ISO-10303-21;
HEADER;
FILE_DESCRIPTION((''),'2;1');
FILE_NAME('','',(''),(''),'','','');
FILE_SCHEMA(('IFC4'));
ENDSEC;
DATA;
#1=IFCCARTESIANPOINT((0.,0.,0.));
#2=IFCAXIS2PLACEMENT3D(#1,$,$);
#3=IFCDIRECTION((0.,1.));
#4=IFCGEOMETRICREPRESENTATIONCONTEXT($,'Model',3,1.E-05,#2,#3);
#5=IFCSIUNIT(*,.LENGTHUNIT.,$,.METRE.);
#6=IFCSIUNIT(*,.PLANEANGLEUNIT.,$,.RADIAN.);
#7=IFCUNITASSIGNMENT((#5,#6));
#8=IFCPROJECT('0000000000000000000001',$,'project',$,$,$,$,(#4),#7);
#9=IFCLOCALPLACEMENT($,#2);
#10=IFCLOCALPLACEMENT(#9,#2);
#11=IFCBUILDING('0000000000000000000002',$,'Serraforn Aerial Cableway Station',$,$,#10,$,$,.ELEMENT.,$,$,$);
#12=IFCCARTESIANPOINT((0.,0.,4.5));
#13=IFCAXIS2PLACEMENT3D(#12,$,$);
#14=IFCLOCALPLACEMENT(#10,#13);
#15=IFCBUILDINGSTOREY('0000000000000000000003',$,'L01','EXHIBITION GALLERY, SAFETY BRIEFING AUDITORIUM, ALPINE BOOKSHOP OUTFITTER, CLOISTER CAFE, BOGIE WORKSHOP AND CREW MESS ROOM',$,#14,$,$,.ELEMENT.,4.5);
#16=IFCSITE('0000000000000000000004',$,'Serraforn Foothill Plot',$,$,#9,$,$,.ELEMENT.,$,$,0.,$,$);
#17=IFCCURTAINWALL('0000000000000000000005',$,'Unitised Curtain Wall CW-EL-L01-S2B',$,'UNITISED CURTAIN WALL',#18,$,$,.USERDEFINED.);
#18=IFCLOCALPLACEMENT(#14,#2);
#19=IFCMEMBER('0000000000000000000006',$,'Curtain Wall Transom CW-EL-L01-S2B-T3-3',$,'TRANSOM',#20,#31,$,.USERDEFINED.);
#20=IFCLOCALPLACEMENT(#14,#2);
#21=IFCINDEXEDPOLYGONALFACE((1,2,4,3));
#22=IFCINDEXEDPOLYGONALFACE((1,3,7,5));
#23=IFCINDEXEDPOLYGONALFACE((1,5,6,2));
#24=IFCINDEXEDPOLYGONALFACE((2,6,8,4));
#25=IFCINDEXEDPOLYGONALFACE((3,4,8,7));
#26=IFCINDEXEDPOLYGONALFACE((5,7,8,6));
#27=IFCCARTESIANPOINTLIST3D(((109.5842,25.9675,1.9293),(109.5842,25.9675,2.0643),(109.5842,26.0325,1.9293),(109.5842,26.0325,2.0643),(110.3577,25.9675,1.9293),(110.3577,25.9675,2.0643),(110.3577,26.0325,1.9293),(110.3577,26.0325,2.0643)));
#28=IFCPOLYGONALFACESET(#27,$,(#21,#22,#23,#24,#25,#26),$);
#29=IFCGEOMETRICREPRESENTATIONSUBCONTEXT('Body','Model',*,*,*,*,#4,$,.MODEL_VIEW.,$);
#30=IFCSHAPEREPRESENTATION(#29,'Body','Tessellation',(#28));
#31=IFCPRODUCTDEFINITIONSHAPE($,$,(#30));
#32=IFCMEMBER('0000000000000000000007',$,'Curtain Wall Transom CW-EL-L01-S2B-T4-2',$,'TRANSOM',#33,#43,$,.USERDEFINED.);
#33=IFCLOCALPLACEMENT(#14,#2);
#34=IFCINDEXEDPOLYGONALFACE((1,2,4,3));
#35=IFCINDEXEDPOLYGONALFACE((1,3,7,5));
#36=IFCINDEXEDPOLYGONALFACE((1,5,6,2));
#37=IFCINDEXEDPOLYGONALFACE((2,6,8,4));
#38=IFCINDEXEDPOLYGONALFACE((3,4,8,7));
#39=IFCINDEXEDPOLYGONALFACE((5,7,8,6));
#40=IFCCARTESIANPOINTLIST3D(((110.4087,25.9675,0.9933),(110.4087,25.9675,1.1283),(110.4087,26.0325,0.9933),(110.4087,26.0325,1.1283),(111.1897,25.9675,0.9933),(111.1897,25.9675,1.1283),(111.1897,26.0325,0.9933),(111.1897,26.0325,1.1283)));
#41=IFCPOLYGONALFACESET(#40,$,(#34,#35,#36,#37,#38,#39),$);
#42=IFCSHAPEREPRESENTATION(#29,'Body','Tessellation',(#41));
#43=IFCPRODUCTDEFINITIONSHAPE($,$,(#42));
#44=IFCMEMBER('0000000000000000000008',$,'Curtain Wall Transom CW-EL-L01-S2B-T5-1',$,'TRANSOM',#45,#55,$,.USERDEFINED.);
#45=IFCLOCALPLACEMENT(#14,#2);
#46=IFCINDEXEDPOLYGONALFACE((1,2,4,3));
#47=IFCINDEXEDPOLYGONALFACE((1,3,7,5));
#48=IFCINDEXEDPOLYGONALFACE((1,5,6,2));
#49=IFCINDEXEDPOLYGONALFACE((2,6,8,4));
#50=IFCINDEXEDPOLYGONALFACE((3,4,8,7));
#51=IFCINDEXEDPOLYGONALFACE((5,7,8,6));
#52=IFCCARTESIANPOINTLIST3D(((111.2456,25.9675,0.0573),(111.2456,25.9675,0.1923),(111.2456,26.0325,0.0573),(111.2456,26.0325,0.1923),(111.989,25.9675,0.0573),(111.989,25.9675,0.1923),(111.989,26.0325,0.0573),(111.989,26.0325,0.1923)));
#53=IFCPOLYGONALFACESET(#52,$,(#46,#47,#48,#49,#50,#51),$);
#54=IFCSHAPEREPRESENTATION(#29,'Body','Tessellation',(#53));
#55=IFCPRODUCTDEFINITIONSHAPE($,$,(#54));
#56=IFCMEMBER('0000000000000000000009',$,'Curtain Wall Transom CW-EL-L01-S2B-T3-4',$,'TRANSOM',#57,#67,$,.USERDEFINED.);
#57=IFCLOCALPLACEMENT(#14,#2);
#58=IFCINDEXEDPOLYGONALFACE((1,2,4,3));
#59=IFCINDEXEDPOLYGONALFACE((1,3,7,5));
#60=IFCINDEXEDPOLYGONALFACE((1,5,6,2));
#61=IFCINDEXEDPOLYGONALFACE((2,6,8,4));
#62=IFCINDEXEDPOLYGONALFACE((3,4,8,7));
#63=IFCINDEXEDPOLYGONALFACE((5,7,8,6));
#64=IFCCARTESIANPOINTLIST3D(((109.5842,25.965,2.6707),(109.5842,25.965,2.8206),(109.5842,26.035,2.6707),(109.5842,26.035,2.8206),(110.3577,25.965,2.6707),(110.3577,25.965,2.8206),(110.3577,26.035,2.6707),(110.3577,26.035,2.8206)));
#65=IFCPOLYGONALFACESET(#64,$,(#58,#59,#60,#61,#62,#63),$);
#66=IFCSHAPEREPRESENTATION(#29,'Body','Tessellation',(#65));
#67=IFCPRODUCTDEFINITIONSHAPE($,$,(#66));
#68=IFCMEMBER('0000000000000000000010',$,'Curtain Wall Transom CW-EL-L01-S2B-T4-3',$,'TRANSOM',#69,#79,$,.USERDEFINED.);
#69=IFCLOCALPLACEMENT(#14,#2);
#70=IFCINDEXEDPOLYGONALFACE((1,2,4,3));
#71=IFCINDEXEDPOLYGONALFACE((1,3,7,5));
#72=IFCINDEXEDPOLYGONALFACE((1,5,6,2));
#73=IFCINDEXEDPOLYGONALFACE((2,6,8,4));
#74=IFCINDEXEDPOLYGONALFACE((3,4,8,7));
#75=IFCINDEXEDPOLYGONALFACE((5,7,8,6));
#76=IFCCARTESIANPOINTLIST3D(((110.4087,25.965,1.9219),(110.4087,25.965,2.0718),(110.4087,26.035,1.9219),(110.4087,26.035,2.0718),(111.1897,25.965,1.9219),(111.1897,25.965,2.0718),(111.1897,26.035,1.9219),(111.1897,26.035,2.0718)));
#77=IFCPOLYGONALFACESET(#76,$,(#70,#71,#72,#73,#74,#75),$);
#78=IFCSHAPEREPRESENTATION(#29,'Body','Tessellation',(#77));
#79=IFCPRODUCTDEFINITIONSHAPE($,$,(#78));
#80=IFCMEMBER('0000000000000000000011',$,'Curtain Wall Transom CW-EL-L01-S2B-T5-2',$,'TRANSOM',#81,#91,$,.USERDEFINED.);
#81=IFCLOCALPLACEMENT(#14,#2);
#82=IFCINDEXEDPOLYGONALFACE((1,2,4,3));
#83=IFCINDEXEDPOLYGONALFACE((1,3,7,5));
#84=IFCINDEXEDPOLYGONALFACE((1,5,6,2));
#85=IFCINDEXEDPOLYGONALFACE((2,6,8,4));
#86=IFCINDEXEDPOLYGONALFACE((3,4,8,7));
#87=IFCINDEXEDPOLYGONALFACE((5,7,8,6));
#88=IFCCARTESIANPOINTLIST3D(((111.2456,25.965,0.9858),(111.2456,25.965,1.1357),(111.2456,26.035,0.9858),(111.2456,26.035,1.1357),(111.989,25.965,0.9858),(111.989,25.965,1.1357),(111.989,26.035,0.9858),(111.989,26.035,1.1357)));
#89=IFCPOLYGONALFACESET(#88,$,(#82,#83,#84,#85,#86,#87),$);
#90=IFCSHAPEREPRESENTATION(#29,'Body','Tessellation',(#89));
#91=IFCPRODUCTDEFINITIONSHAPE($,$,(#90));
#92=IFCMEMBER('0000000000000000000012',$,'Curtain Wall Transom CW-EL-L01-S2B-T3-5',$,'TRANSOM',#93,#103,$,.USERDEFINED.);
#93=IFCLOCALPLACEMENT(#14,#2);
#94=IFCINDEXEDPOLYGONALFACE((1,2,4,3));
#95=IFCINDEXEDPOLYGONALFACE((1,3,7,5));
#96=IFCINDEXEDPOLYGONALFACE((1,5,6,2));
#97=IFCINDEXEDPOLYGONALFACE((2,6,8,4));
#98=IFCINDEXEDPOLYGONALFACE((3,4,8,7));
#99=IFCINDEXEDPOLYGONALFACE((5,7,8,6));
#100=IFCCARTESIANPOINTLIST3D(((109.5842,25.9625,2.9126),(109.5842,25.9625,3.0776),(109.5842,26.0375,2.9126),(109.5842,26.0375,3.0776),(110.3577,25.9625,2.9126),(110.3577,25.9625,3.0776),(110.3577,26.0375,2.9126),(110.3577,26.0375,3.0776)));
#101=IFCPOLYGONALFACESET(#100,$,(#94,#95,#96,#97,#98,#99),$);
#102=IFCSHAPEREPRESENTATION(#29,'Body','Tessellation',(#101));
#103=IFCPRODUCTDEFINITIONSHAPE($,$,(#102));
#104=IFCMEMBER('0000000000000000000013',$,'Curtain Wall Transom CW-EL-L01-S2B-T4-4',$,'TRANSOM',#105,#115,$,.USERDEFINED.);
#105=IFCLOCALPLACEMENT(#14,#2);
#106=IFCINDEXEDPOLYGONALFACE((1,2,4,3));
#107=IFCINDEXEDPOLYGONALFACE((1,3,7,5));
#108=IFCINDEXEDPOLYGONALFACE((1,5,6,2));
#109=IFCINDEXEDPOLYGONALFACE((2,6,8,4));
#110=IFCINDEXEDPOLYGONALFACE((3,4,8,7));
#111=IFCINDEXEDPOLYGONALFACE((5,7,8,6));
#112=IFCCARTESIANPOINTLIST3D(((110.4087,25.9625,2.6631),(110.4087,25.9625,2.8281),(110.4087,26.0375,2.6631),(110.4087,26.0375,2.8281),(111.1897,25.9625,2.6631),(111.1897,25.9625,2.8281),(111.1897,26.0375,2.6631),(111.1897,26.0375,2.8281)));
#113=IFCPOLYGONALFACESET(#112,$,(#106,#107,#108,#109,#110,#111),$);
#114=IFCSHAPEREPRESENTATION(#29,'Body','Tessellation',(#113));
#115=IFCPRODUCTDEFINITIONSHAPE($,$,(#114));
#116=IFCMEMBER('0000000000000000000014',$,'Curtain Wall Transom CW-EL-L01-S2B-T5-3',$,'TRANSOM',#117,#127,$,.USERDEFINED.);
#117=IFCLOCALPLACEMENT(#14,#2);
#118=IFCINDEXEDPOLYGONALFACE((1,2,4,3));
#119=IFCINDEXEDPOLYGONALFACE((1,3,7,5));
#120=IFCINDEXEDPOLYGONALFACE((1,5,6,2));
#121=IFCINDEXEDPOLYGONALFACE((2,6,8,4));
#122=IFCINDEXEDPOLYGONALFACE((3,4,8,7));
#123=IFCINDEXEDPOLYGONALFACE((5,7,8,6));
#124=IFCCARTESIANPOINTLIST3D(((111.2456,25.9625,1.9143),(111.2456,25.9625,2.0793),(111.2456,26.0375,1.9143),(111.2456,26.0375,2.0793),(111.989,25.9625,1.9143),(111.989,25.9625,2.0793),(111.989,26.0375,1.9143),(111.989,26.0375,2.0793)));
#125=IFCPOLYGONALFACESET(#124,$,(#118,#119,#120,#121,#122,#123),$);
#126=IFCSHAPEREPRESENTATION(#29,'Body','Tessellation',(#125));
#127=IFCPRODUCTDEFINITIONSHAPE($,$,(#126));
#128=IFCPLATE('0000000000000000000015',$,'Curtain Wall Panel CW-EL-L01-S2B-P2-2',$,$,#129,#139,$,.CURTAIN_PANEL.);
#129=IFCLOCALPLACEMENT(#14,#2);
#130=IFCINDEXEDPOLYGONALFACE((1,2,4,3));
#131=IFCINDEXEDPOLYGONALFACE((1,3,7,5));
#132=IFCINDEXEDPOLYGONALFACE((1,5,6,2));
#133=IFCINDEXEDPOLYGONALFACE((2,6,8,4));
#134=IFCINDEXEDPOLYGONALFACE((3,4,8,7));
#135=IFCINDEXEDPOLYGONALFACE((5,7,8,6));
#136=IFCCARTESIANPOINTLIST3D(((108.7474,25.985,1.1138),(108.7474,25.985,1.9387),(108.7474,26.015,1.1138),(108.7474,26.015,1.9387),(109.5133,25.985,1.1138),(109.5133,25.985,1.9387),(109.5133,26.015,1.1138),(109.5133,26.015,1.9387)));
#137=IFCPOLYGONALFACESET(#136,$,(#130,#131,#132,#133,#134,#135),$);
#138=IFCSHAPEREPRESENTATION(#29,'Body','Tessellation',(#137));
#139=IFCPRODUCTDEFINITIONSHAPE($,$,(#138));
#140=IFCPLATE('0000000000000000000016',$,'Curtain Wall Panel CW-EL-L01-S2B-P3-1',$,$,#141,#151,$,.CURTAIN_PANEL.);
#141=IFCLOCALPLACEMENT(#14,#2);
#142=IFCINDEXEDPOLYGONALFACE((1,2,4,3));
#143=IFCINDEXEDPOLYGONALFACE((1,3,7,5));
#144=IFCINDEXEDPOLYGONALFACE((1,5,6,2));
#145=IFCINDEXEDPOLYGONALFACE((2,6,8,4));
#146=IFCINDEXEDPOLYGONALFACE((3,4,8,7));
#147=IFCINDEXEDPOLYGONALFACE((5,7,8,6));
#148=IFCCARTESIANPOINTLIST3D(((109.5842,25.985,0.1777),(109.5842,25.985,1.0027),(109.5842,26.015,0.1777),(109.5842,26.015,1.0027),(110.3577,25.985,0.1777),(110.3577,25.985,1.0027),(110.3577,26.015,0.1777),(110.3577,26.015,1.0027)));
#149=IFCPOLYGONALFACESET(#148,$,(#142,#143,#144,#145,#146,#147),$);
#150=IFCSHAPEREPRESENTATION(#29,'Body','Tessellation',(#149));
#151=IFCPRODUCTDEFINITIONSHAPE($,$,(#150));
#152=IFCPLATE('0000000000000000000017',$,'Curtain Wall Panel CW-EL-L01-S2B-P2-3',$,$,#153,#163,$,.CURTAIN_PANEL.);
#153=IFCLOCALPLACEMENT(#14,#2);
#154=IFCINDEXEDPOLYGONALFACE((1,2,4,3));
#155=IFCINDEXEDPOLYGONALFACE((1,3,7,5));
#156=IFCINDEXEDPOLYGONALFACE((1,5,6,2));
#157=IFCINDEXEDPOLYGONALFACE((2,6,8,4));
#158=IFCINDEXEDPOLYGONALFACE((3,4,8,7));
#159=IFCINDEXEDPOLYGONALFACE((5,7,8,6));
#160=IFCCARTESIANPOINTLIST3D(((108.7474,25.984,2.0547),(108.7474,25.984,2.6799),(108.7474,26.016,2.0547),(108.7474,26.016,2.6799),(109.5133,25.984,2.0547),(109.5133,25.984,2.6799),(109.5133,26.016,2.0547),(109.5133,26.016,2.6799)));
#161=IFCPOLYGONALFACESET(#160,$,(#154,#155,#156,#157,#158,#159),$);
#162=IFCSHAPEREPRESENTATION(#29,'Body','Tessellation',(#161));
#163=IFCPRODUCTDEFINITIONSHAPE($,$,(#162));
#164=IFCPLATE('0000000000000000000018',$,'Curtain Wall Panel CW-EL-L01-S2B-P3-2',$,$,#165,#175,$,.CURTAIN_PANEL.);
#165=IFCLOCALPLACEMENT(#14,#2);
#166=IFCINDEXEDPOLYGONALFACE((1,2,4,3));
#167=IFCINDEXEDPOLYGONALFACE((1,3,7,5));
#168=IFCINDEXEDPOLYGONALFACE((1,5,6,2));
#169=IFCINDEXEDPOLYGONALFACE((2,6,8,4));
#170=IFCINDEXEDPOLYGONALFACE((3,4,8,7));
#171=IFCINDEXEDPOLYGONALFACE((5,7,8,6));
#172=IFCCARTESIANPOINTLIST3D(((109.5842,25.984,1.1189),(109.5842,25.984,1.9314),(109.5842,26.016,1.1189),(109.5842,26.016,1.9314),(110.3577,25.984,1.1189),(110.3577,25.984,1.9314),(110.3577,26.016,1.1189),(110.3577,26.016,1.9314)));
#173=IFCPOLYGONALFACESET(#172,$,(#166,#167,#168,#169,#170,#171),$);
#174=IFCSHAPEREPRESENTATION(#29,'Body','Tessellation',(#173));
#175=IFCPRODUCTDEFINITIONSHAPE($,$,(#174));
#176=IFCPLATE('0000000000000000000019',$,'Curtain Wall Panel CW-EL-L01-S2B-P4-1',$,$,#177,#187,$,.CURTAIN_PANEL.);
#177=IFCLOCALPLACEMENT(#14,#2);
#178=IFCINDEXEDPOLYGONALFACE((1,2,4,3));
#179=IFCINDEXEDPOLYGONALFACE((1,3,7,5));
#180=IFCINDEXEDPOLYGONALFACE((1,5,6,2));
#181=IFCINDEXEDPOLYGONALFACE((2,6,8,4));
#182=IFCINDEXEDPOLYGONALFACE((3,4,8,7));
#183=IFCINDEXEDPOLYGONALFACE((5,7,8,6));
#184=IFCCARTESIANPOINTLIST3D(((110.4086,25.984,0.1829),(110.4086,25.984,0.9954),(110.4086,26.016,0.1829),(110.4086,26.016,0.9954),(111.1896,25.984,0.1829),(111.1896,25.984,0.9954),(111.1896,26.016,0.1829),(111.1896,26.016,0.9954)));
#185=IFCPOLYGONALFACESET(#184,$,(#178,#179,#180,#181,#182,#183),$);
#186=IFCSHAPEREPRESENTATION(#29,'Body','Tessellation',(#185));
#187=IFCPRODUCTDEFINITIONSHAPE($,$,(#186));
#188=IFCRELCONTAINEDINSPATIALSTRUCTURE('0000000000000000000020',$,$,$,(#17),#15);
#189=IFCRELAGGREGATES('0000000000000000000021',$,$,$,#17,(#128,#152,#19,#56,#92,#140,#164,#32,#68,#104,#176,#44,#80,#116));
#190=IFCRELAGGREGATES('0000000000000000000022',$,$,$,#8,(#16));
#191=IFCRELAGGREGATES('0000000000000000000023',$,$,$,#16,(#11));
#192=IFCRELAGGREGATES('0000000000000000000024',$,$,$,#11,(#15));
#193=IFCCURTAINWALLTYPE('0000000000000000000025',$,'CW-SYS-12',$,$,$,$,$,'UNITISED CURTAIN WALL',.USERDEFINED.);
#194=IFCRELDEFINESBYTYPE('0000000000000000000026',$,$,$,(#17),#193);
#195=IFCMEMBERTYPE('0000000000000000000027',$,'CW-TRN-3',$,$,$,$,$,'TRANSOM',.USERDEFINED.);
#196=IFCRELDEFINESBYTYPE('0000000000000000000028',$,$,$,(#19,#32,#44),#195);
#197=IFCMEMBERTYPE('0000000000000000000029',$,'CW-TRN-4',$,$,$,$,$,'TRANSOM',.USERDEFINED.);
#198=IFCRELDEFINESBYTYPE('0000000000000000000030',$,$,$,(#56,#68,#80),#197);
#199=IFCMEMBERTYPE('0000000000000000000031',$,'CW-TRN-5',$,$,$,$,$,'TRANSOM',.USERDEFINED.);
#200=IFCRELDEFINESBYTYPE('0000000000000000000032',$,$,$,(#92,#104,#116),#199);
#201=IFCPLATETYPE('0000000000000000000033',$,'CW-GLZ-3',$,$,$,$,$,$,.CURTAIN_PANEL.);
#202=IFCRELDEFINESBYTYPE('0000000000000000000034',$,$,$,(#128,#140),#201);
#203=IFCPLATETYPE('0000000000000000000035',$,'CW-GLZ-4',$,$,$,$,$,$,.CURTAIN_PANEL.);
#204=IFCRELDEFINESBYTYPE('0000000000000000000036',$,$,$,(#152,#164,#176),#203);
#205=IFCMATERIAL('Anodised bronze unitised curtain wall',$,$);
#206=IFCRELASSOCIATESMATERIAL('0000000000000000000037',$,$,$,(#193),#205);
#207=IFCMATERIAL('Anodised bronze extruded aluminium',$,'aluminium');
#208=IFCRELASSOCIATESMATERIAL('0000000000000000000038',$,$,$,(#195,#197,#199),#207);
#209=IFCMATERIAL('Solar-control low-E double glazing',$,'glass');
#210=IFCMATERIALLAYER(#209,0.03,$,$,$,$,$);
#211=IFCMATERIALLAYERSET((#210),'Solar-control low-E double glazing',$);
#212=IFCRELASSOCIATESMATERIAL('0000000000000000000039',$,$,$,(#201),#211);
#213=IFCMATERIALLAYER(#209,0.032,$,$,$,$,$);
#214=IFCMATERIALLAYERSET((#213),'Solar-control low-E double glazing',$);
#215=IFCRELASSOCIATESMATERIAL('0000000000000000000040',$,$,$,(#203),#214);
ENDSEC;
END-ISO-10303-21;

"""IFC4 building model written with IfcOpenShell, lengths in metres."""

from ifc_helpers import new_model, si_unit, direction, frame, origin, origin_2d, place, context, subcontext, project, spatial, rectangle, extrude, material, layer, layer_set, material_profile, profile_set, type_object, element, aggregate, save


model = new_model("IFC4")

# Units and contexts
model_context = context("Model", 3, precision=1e-05, world=origin(), true_north=direction((0.0, 1.0)))
body_context = subcontext(model_context, "Body", "Model", "MODEL_VIEW")
ifc_project = project(units=[si_unit("LENGTHUNIT", "METRE"), si_unit("PLANEANGLEUNIT", "RADIAN")], contexts=[model_context])

# Site, building, storey
site_placement = place(None, origin())
site = spatial("IfcSite", under=ifc_project, at=site_placement, Name="Serraforn Foothill Plot", CompositionType="ELEMENT", RefElevation=0.0)
building_placement = place(site_placement, origin())
building = spatial("IfcBuilding", under=site, at=building_placement, Name="Serraforn Aerial Cableway Station", CompositionType="ELEMENT")
storey_placement = place(building_placement, frame((0.0, 0.0, 4.5)))
storey = spatial("IfcBuildingStorey", under=building, at=storey_placement, Name="L01", Description="EXHIBITION GALLERY, SAFETY BRIEFING AUDITORIUM, ALPINE BOOKSHOP OUTFITTER, CLOISTER CAFE, BOGIE WORKSHOP AND CREW MESS ROOM", CompositionType="ELEMENT", Elevation=4.5)

# Curtain wall, members, plates
ifc_material_1 = material(Name="Anodised bronze unitised curtain wall")
curtain_wall_type = type_object("IfcCurtainWallType", Name="CW-SYS-12", ElementType="UNITISED CURTAIN WALL", PredefinedType="USERDEFINED", material=ifc_material_1)
curtain_wall_placement = place(storey_placement, origin())
curtain_wall = element("IfcCurtainWall", 1, at=curtain_wall_placement, inside=storey, type_object=curtain_wall_type, Name="Unitised Curtain Wall CW-EL-L01-S2B", ObjectType="UNITISED CURTAIN WALL", PredefinedType="USERDEFINED")
ifc_material_2 = material(Name="Anodised bronze extruded aluminium", Category="aluminium")
ifc_material_profile_1 = material_profile(ifc_material_2, rectangle(XDim=0.0649, YDim=0.135, at=origin_2d()), Name="CW TRANSOM 65x135")
ifc_profile_set_1 = profile_set([ifc_material_profile_1], Name="Anodised bronze extruded aluminium")
member_type_1 = type_object("IfcMemberType", Name="CW-TRN-3", ElementType="TRANSOM", PredefinedType="USERDEFINED", material=ifc_profile_set_1)
member_1_placement = place(storey_placement, frame((109.5842, 26.0, 1.9968), z_axis=(1.0, 0.0, 0.0), x_axis=(0.0, 1.0, 0.0)))
member_1 = element("IfcMember", 2, at=member_1_placement, type_object=member_type_1, Name="Curtain Wall Transom CW-EL-L01-S2B-T3-3", ObjectType="TRANSOM", PredefinedType="USERDEFINED", context=body_context, shape_type="SweptSolid", body=[
    extrude(rectangle(XDim=0.0649, YDim=0.135, at=origin_2d()), origin(), (0.0, 0.0, 1.0), 0.7734),
])
member_2_placement = place(storey_placement, frame((110.4087, 26.0, 1.0608), z_axis=(1.0, 0.0, 0.0), x_axis=(0.0, 1.0, 0.0)))
member_2 = element("IfcMember", 3, at=member_2_placement, type_object=member_type_1, Name="Curtain Wall Transom CW-EL-L01-S2B-T4-2", ObjectType="TRANSOM", PredefinedType="USERDEFINED", context=body_context, shape_type="SweptSolid", body=[
    extrude(rectangle(XDim=0.0649, YDim=0.135, at=origin_2d()), origin(), (0.0, 0.0, 1.0), 0.781),
])
member_3_placement = place(storey_placement, frame((111.2456, 26.0, 0.1248), z_axis=(1.0, 0.0, 0.0), x_axis=(0.0, 1.0, 0.0)))
member_3 = element("IfcMember", 4, at=member_3_placement, type_object=member_type_1, Name="Curtain Wall Transom CW-EL-L01-S2B-T5-1", ObjectType="TRANSOM", PredefinedType="USERDEFINED", context=body_context, shape_type="SweptSolid", body=[
    extrude(rectangle(XDim=0.0649, YDim=0.135, at=origin_2d()), origin(), (0.0, 0.0, 1.0), 0.7434),
])
ifc_material_profile_2 = material_profile(ifc_material_2, rectangle(XDim=0.0701, YDim=0.1499, at=origin_2d()), Name="CW TRANSOM 70x150")
ifc_profile_set_2 = profile_set([ifc_material_profile_2], Name="Anodised bronze extruded aluminium")
member_type_2 = type_object("IfcMemberType", Name="CW-TRN-4", ElementType="TRANSOM", PredefinedType="USERDEFINED", material=ifc_profile_set_2)
member_4_placement = place(storey_placement, frame((109.5842, 26.0, 2.7456), z_axis=(1.0, 0.0, 0.0), x_axis=(0.0, 1.0, 0.0)))
member_4 = element("IfcMember", 5, at=member_4_placement, type_object=member_type_2, Name="Curtain Wall Transom CW-EL-L01-S2B-T3-4", ObjectType="TRANSOM", PredefinedType="USERDEFINED", context=body_context, shape_type="SweptSolid", body=[
    extrude(rectangle(XDim=0.0701, YDim=0.1499, at=origin_2d()), origin(), (0.0, 0.0, 1.0), 0.7734),
])
member_5_placement = place(storey_placement, frame((110.4087, 26.0, 1.9968), z_axis=(1.0, 0.0, 0.0), x_axis=(0.0, 1.0, 0.0)))
member_5 = element("IfcMember", 6, at=member_5_placement, type_object=member_type_2, Name="Curtain Wall Transom CW-EL-L01-S2B-T4-3", ObjectType="TRANSOM", PredefinedType="USERDEFINED", context=body_context, shape_type="SweptSolid", body=[
    extrude(rectangle(XDim=0.0701, YDim=0.1499, at=origin_2d()), origin(), (0.0, 0.0, 1.0), 0.781),
])
member_6_placement = place(storey_placement, frame((111.2456, 26.0, 1.0608), z_axis=(1.0, 0.0, 0.0), x_axis=(0.0, 1.0, 0.0)))
member_6 = element("IfcMember", 7, at=member_6_placement, type_object=member_type_2, Name="Curtain Wall Transom CW-EL-L01-S2B-T5-2", ObjectType="TRANSOM", PredefinedType="USERDEFINED", context=body_context, shape_type="SweptSolid", body=[
    extrude(rectangle(XDim=0.0701, YDim=0.1499, at=origin_2d()), origin(), (0.0, 0.0, 1.0), 0.7434),
])
ifc_material_profile_3 = material_profile(ifc_material_2, rectangle(XDim=0.075, YDim=0.165, at=origin_2d()), Name="CW TRANSOM 75x165")
ifc_profile_set_3 = profile_set([ifc_material_profile_3], Name="Anodised bronze extruded aluminium")
member_type_3 = type_object("IfcMemberType", Name="CW-TRN-5", ElementType="TRANSOM", PredefinedType="USERDEFINED", material=ifc_profile_set_3)
member_7_placement = place(storey_placement, frame((109.5842, 26.0, 2.9951), z_axis=(1.0, 0.0, 0.0), x_axis=(0.0, 1.0, 0.0)))
member_7 = element("IfcMember", 8, at=member_7_placement, type_object=member_type_3, Name="Curtain Wall Transom CW-EL-L01-S2B-T3-5", ObjectType="TRANSOM", PredefinedType="USERDEFINED", context=body_context, shape_type="SweptSolid", body=[
    extrude(rectangle(XDim=0.075, YDim=0.165, at=origin_2d()), origin(), (0.0, 0.0, 1.0), 0.7734),
])
member_8_placement = place(storey_placement, frame((110.4087, 26.0, 2.7456), z_axis=(1.0, 0.0, 0.0), x_axis=(0.0, 1.0, 0.0)))
member_8 = element("IfcMember", 9, at=member_8_placement, type_object=member_type_3, Name="Curtain Wall Transom CW-EL-L01-S2B-T4-4", ObjectType="TRANSOM", PredefinedType="USERDEFINED", context=body_context, shape_type="SweptSolid", body=[
    extrude(rectangle(XDim=0.075, YDim=0.165, at=origin_2d()), origin(), (0.0, 0.0, 1.0), 0.781),
])
member_9_placement = place(storey_placement, frame((111.2456, 26.0, 1.9968), z_axis=(1.0, 0.0, 0.0), x_axis=(0.0, 1.0, 0.0)))
member_9 = element("IfcMember", 10, at=member_9_placement, type_object=member_type_3, Name="Curtain Wall Transom CW-EL-L01-S2B-T5-3", ObjectType="TRANSOM", PredefinedType="USERDEFINED", context=body_context, shape_type="SweptSolid", body=[
    extrude(rectangle(XDim=0.075, YDim=0.165, at=origin_2d()), origin(), (0.0, 0.0, 1.0), 0.7434),
])
ifc_material_3 = material(Name="Solar-control low-E double glazing", Category="glass")
ifc_layer_1 = layer(ifc_material_3, 0.03)
ifc_layer_set_1 = layer_set([ifc_layer_1], Name="Solar-control low-E double glazing")
plate_type_1 = type_object("IfcPlateType", Name="CW-GLZ-3", PredefinedType="CURTAIN_PANEL", material=ifc_layer_set_1)
plate_1_placement = place(storey_placement, frame((109.1304, 26.0, 1.1138), z_axis=(0.0, 0.0, 1.0), x_axis=(1.0, 0.0, 0.0)))
plate_1 = element("IfcPlate", 11, at=plate_1_placement, type_object=plate_type_1, Name="Curtain Wall Panel CW-EL-L01-S2B-P2-2", PredefinedType="CURTAIN_PANEL", context=body_context, shape_type="SweptSolid", body=[
    extrude(rectangle(XDim=0.7659, YDim=0.03, at=origin_2d()), origin(), (0.0, 0.0, 1.0), 0.825),
])
plate_2_placement = place(storey_placement, frame((109.9709, 26.0, 0.1777), z_axis=(0.0, 0.0, 1.0), x_axis=(1.0, 0.0, 0.0)))
plate_2 = element("IfcPlate", 12, at=plate_2_placement, type_object=plate_type_1, Name="Curtain Wall Panel CW-EL-L01-S2B-P3-1", PredefinedType="CURTAIN_PANEL", context=body_context, shape_type="SweptSolid", body=[
    extrude(rectangle(XDim=0.7734, YDim=0.03, at=origin_2d()), origin(), (0.0, 0.0, 1.0), 0.825),
])
ifc_layer_2 = layer(ifc_material_3, 0.032)
ifc_layer_set_2 = layer_set([ifc_layer_2], Name="Solar-control low-E double glazing")
plate_type_2 = type_object("IfcPlateType", Name="CW-GLZ-4", PredefinedType="CURTAIN_PANEL", material=ifc_layer_set_2)
plate_3_placement = place(storey_placement, frame((109.1304, 26.0, 2.0547), z_axis=(0.0, 0.0, 1.0), x_axis=(1.0, 0.0, 0.0)))
plate_3 = element("IfcPlate", 13, at=plate_3_placement, type_object=plate_type_2, Name="Curtain Wall Panel CW-EL-L01-S2B-P2-3", PredefinedType="CURTAIN_PANEL", context=body_context, shape_type="SweptSolid", body=[
    extrude(rectangle(XDim=0.7659, YDim=0.032, at=origin_2d()), origin(), (0.0, 0.0, 1.0), 0.6252),
])
plate_4_placement = place(storey_placement, frame((109.9709, 26.0, 1.1189), z_axis=(0.0, 0.0, 1.0), x_axis=(1.0, 0.0, 0.0)))
plate_4 = element("IfcPlate", 14, at=plate_4_placement, type_object=plate_type_2, Name="Curtain Wall Panel CW-EL-L01-S2B-P3-2", PredefinedType="CURTAIN_PANEL", context=body_context, shape_type="SweptSolid", body=[
    extrude(rectangle(XDim=0.7734, YDim=0.032, at=origin_2d()), origin(), (0.0, 0.0, 1.0), 0.8125),
])
plate_5_placement = place(storey_placement, frame((110.7991, 26.0, 0.1829), z_axis=(0.0, 0.0, 1.0), x_axis=(1.0, 0.0, 0.0)))
plate_5 = element("IfcPlate", 15, at=plate_5_placement, type_object=plate_type_2, Name="Curtain Wall Panel CW-EL-L01-S2B-P4-1", PredefinedType="CURTAIN_PANEL", context=body_context, shape_type="SweptSolid", body=[
    extrude(rectangle(XDim=0.781, YDim=0.032, at=origin_2d()), origin(), (0.0, 0.0, 1.0), 0.8125),
])
aggregate(curtain_wall, [plate_1, plate_3, member_1, member_4, member_7, plate_2, plate_4, member_2, member_5, member_8, plate_5, member_3, member_6, member_9])

save(model, "model.ifc")
